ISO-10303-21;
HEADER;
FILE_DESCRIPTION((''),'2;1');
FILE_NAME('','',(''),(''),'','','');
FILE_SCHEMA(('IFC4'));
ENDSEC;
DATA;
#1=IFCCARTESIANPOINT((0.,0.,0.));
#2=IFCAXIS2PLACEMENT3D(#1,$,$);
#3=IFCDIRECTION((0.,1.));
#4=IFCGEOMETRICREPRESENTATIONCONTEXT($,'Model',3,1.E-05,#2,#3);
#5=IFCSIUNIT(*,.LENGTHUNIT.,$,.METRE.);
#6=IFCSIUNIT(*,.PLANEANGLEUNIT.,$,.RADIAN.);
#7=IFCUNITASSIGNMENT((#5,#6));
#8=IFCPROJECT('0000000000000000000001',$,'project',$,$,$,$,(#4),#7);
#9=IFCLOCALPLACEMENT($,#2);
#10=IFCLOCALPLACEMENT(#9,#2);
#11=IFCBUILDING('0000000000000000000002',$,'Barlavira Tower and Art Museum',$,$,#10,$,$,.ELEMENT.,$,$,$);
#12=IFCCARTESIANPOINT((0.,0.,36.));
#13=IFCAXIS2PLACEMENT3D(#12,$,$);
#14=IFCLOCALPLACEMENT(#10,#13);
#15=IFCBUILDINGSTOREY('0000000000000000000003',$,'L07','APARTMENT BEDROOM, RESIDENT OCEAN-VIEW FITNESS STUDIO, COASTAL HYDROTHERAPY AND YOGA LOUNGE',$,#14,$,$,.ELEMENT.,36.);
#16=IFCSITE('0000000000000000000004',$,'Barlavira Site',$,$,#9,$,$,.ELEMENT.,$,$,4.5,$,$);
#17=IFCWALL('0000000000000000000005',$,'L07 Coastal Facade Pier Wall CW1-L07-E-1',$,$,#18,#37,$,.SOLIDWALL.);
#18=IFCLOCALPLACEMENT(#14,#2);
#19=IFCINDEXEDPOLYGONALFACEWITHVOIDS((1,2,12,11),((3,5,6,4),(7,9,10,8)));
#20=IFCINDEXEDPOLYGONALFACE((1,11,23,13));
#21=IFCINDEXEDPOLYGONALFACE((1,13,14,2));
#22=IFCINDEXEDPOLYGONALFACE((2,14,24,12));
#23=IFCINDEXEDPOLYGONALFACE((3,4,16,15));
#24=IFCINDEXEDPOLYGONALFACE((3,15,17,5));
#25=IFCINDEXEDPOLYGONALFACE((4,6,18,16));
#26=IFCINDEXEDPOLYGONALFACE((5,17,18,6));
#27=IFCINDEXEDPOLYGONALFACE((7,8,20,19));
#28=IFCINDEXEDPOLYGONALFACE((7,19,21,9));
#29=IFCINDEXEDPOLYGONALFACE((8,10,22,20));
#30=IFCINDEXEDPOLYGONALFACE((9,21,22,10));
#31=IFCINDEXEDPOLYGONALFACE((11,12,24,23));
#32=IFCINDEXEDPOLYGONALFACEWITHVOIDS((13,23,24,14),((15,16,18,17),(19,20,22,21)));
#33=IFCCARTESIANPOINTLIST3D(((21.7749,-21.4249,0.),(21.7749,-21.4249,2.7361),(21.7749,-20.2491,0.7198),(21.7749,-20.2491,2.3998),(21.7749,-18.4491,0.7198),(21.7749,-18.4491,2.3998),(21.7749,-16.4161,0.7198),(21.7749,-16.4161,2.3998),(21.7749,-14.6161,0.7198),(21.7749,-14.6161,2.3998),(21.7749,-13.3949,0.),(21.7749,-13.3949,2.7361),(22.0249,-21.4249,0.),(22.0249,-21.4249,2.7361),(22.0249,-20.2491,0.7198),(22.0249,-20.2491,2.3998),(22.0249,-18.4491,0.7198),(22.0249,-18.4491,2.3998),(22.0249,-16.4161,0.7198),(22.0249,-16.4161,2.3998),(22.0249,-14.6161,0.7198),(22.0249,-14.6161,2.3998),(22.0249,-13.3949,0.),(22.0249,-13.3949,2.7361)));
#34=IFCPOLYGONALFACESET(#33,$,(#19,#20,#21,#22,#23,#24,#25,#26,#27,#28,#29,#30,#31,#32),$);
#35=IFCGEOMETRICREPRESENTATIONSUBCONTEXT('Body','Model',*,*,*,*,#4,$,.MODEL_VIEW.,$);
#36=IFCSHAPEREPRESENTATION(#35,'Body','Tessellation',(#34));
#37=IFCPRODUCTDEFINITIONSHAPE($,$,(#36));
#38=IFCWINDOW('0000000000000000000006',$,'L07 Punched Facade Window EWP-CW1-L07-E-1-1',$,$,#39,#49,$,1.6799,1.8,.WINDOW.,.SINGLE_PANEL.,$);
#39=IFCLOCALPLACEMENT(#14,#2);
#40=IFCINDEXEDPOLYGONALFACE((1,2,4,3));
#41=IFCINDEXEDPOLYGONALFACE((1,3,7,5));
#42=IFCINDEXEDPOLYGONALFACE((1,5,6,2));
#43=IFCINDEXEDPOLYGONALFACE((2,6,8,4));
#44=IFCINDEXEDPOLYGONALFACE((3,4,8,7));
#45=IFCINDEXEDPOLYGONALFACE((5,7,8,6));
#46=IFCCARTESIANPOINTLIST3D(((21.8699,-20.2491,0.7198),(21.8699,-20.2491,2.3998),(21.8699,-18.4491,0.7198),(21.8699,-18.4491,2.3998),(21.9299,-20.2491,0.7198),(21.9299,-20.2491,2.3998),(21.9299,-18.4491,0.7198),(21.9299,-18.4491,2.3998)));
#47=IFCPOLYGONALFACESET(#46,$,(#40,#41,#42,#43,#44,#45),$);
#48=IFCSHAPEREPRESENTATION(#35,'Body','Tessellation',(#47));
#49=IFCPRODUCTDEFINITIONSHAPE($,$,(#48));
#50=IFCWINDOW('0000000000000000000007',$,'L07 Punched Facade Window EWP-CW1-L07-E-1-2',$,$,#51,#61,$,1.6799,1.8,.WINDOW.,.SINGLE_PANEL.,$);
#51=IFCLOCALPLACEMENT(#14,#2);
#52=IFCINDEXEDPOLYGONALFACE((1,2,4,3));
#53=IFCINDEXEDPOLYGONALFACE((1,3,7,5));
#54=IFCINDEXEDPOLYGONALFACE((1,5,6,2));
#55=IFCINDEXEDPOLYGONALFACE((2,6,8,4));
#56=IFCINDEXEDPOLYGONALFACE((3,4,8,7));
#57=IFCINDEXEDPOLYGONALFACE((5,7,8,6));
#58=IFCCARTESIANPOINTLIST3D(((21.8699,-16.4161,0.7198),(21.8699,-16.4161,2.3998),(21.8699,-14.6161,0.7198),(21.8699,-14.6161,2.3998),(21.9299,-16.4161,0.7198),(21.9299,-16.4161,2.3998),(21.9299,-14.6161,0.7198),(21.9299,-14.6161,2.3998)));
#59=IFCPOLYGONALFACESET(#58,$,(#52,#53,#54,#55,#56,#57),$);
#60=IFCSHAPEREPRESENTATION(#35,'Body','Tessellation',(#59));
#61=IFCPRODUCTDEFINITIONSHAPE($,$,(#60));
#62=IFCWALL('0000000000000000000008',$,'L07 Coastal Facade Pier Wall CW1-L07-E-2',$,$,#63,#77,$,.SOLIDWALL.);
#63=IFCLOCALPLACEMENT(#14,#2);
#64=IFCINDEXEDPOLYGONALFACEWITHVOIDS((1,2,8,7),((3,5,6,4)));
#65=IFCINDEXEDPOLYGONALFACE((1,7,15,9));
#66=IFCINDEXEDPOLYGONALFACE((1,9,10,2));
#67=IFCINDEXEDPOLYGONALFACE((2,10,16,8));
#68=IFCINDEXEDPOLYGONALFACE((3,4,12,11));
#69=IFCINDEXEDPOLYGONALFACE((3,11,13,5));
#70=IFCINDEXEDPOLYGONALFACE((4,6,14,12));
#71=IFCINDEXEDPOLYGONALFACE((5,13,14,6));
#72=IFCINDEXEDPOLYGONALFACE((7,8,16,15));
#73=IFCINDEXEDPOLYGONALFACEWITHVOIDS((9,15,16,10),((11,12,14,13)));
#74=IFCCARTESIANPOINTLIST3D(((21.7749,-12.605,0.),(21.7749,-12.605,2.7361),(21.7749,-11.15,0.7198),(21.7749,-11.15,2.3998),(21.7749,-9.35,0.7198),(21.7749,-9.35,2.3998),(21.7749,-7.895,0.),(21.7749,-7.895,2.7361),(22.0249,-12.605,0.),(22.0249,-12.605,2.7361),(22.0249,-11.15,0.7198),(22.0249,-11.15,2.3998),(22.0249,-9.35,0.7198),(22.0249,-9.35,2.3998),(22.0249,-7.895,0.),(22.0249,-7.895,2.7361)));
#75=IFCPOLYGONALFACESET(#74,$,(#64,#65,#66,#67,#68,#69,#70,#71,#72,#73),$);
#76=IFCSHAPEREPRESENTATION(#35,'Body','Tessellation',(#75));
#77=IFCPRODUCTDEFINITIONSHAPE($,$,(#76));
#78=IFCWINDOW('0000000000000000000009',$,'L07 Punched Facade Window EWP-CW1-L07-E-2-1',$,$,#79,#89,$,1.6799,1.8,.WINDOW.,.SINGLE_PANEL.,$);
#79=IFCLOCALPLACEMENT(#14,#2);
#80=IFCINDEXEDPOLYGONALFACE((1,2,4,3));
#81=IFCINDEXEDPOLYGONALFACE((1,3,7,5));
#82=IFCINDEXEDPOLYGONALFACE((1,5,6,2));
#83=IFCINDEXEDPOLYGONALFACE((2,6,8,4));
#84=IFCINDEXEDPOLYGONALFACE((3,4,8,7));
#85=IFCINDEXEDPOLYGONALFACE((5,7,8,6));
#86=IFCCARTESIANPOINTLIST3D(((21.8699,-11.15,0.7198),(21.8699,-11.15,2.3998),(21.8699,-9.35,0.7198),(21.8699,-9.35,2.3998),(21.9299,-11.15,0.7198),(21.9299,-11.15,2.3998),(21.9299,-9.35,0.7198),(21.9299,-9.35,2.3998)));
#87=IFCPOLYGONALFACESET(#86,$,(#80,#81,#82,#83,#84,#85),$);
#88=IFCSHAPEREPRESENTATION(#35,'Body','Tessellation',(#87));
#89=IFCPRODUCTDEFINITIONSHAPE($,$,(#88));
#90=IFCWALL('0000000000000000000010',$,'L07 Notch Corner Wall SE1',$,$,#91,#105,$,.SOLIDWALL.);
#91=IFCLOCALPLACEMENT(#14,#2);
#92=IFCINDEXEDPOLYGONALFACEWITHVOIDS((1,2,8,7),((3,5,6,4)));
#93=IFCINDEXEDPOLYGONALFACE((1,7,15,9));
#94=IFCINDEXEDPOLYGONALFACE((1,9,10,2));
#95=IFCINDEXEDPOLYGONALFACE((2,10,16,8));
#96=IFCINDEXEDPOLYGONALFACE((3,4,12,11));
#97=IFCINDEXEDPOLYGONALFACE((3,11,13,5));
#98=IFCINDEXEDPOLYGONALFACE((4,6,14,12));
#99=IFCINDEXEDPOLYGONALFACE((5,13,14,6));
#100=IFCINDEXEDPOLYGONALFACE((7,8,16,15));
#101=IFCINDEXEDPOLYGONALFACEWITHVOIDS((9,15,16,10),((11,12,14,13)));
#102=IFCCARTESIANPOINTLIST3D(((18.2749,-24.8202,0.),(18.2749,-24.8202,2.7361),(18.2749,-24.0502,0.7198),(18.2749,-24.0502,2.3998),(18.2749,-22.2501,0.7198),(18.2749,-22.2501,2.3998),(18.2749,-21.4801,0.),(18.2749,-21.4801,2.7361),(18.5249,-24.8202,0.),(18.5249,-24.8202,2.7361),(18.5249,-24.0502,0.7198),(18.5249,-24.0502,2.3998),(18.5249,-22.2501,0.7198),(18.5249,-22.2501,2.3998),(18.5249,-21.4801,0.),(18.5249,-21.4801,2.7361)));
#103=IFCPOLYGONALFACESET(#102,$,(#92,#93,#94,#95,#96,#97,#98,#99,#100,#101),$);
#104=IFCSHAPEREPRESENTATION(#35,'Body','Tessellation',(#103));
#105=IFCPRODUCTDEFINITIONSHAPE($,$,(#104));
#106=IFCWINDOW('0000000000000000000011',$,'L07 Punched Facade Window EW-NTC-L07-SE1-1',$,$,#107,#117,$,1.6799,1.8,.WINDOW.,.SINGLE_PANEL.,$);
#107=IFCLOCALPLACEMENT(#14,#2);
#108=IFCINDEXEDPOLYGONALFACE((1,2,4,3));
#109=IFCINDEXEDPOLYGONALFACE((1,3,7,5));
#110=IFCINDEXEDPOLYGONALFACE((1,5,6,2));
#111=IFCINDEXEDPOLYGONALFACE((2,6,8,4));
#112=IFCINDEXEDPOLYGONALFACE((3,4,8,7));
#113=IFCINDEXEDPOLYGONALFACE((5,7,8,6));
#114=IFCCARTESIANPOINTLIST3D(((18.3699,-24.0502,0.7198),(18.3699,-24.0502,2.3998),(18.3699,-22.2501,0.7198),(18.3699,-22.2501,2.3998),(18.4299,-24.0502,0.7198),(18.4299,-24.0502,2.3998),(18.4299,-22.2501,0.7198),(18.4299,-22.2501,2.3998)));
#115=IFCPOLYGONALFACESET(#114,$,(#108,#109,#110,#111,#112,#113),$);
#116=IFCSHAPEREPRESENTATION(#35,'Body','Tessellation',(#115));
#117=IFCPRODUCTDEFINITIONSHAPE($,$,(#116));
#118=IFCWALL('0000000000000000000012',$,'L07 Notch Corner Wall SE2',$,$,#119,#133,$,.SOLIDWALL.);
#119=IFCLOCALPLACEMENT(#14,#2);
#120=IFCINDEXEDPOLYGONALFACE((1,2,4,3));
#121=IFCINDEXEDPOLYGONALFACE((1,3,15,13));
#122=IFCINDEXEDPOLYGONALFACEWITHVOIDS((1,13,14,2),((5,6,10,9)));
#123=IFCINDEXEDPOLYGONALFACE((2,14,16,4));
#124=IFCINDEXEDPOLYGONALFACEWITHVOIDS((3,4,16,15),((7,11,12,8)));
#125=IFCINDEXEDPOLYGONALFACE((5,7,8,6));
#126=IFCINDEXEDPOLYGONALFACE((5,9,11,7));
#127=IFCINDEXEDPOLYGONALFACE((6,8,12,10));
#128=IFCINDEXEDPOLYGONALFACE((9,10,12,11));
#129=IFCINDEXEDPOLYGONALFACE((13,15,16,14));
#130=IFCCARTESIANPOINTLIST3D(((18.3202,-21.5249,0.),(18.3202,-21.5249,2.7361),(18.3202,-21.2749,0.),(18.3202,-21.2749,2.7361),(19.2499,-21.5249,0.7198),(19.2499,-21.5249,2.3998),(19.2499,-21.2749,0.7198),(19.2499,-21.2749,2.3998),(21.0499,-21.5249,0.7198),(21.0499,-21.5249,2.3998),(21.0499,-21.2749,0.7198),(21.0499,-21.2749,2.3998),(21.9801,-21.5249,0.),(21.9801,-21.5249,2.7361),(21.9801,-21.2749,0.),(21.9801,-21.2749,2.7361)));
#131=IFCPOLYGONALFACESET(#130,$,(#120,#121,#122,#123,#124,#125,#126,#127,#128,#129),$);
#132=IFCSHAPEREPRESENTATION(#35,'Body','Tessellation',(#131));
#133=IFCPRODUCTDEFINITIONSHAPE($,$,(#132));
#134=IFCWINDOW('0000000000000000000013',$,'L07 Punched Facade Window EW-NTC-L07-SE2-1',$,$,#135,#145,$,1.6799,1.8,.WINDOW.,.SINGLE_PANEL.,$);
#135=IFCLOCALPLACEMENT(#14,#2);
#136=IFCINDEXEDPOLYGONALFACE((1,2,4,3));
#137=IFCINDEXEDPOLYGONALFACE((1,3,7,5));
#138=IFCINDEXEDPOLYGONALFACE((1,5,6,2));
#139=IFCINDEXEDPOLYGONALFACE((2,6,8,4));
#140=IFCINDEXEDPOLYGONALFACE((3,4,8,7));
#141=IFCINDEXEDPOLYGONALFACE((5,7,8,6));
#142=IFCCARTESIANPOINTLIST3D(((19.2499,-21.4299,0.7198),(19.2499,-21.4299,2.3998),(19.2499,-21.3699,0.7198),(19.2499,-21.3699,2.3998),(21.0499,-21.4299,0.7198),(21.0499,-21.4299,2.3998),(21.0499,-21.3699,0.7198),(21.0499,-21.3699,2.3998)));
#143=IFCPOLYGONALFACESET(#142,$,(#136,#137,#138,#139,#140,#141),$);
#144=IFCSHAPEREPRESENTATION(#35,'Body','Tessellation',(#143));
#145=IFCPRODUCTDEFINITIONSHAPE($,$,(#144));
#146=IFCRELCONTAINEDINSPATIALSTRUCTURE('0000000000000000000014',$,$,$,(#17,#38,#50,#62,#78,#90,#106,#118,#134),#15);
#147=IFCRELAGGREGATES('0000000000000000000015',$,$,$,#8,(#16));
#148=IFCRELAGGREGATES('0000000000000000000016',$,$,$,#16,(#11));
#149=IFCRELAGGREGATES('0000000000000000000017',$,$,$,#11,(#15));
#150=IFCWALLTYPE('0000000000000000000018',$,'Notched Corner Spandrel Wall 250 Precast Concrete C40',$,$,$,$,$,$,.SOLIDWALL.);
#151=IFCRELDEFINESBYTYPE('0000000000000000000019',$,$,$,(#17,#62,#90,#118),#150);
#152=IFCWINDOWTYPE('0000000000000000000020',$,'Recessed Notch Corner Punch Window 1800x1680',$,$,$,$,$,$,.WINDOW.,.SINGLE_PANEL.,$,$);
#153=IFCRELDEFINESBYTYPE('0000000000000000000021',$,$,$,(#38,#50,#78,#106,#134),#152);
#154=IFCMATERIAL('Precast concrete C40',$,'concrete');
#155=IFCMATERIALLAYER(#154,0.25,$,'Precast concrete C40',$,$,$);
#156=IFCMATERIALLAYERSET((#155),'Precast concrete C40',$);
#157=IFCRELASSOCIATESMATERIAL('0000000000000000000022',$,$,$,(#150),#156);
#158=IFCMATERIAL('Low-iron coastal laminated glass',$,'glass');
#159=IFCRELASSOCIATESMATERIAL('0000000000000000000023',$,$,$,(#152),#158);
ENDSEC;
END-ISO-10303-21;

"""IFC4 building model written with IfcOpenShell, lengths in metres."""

from ifc_helpers import new_model, si_unit, direction, frame, frame_2d, origin, place, context, subcontext, project, spatial, rectangle, extrude, material, layer, layer_set, type_object, element, fill, save


model = new_model("IFC4")

# Units and contexts
model_context = context("Model", 3, precision=1e-05, world=origin(), true_north=direction((0.0, 1.0)))
body_context = subcontext(model_context, "Body", "Model", "MODEL_VIEW")
ifc_project = project(units=[si_unit("LENGTHUNIT", "METRE"), si_unit("PLANEANGLEUNIT", "RADIAN")], contexts=[model_context])

# Site, building, storey
site_placement = place(None, origin())
site = spatial("IfcSite", under=ifc_project, at=site_placement, Name="Barlavira Site", CompositionType="ELEMENT", RefElevation=4.5)
building_placement = place(site_placement, origin())
building = spatial("IfcBuilding", under=site, at=building_placement, Name="Barlavira Tower and Art Museum", CompositionType="ELEMENT")
storey_placement = place(building_placement, frame((0.0, 0.0, 36.0)))
storey = spatial("IfcBuildingStorey", under=building, at=storey_placement, Name="L07", Description="APARTMENT BEDROOM, RESIDENT OCEAN-VIEW FITNESS STUDIO, COASTAL HYDROTHERAPY AND YOGA LOUNGE", CompositionType="ELEMENT", Elevation=36.0)

# Wall, openings, windows
ifc_material_1 = material(Name="Precast concrete C40", Category="concrete")
ifc_layer_1 = layer(ifc_material_1, 0.25, Name="Precast concrete C40")
ifc_layer_set_1 = layer_set([ifc_layer_1], Name="Precast concrete C40")
wall_type_1 = type_object("IfcWallType", Name="Notched Corner Spandrel Wall 250 Precast Concrete C40", PredefinedType="SOLIDWALL", material=ifc_layer_set_1)
ifc_material_2 = material(Name="Low-iron coastal laminated glass", Category="glass")
window_type_1 = type_object("IfcWindowType", Name="Recessed Notch Corner Punch Window 1800x1680", PartitioningType="SINGLE_PANEL", PredefinedType="WINDOW", material=ifc_material_2)
wall_1_placement = place(storey_placement, frame((21.8999, -21.425, 0.0), z_axis=(0.0, 0.0, 1.0), x_axis=(0.0, 1.0, 0.0)))
wall_1 = element("IfcWall", 1, at=wall_1_placement, inside=storey, type_object=wall_type_1, Name="L07 Coastal Facade Pier Wall CW1-L07-E-1", PredefinedType="SOLIDWALL", context=body_context, shape_type="SweptSolid", body=[
    extrude(rectangle(XDim=8.03, YDim=0.25, at=frame_2d((4.0151, 0.0))), origin(), (0.0, 0.0, 1.0), 2.7361),
])
opening_1_placement = place(wall_1_placement, frame((1.176, 0.0, 0.72)))
opening_1 = element("IfcOpeningElement", 2, at=opening_1_placement, cuts=wall_1, PredefinedType="OPENING", context=body_context, shape_type="SweptSolid", body=[
    extrude(rectangle(XDim=1.8, YDim=1.6799, at=frame_2d((0.8999, 0.8398))), frame((0.0, 0.135, 0.0), z_axis=(0.0, -1.0, 0.0), x_axis=(1.0, 0.0, 0.0)), (0.0, 0.0, 1.0), 0.27),
])
opening_2_placement = place(wall_1_placement, frame((5.009, 0.0, 0.72)))
opening_2 = element("IfcOpeningElement", 3, at=opening_2_placement, cuts=wall_1, PredefinedType="OPENING", context=body_context, shape_type="SweptSolid", body=[
    extrude(rectangle(XDim=1.8, YDim=1.6799, at=frame_2d((0.8999, 0.8398))), frame((0.0, 0.135, 0.0), z_axis=(0.0, -1.0, 0.0), x_axis=(1.0, 0.0, 0.0)), (0.0, 0.0, 1.0), 0.27),
])
window_1_placement = place(opening_1_placement, origin())
window_1 = element("IfcWindow", 4, at=window_1_placement, inside=storey, type_object=window_type_1, Name="L07 Punched Facade Window EWP-CW1-L07-E-1-1", OverallHeight=1.6799, OverallWidth=1.8, PartitioningType="SINGLE_PANEL", PredefinedType="WINDOW", context=body_context, shape_type="SweptSolid", body=[
    extrude(rectangle(XDim=1.8, YDim=1.6799, at=frame_2d((0.8999, 0.8398))), frame((0.0, 0.03, 0.0), z_axis=(0.0, -1.0, 0.0), x_axis=(1.0, 0.0, 0.0)), (0.0, 0.0, 1.0), 0.0601),
])
fill(opening_1, window_1)
window_2_placement = place(opening_2_placement, origin())
window_2 = element("IfcWindow", 5, at=window_2_placement, inside=storey, type_object=window_type_1, Name="L07 Punched Facade Window EWP-CW1-L07-E-1-2", OverallHeight=1.6799, OverallWidth=1.8, PartitioningType="SINGLE_PANEL", PredefinedType="WINDOW", context=body_context, shape_type="SweptSolid", body=[
    extrude(rectangle(XDim=1.8, YDim=1.6799, at=frame_2d((0.8999, 0.8398))), frame((0.0, 0.03, 0.0), z_axis=(0.0, -1.0, 0.0), x_axis=(1.0, 0.0, 0.0)), (0.0, 0.0, 1.0), 0.0601),
])
fill(opening_2, window_2)

# Walls, openings, windows
wall_2_placement = place(storey_placement, frame((21.8999, -12.605, 0.0), z_axis=(0.0, 0.0, 1.0), x_axis=(0.0, 1.0, 0.0)))
wall_2 = element("IfcWall", 6, at=wall_2_placement, inside=storey, type_object=wall_type_1, Name="L07 Coastal Facade Pier Wall CW1-L07-E-2", PredefinedType="SOLIDWALL", context=body_context, shape_type="SweptSolid", body=[
    extrude(rectangle(XDim=4.71, YDim=0.25, at=frame_2d((2.355, 0.0))), origin(), (0.0, 0.0, 1.0), 2.7361),
])
opening_3_placement = place(wall_2_placement, frame((1.4551, 0.0, 0.72)))
opening_3 = element("IfcOpeningElement", 7, at=opening_3_placement, cuts=wall_2, PredefinedType="OPENING", context=body_context, shape_type="SweptSolid", body=[
    extrude(rectangle(XDim=1.8, YDim=1.6799, at=frame_2d((0.8999, 0.8398))), frame((0.0, 0.135, 0.0), z_axis=(0.0, -1.0, 0.0), x_axis=(1.0, 0.0, 0.0)), (0.0, 0.0, 1.0), 0.27),
])
window_3_placement = place(opening_3_placement, origin())
window_3 = element("IfcWindow", 8, at=window_3_placement, inside=storey, type_object=window_type_1, Name="L07 Punched Facade Window EWP-CW1-L07-E-2-1", OverallHeight=1.6799, OverallWidth=1.8, PartitioningType="SINGLE_PANEL", PredefinedType="WINDOW", context=body_context, shape_type="SweptSolid", body=[
    extrude(rectangle(XDim=1.8, YDim=1.6799, at=frame_2d((0.8999, 0.8398))), frame((0.0, 0.03, 0.0), z_axis=(0.0, -1.0, 0.0), x_axis=(1.0, 0.0, 0.0)), (0.0, 0.0, 1.0), 0.0601),
])
fill(opening_3, window_3)
wall_3_placement = place(storey_placement, frame((18.3999, -24.8201, 0.0), z_axis=(0.0, 0.0, 1.0), x_axis=(0.0, 1.0, 0.0)))
wall_3 = element("IfcWall", 9, at=wall_3_placement, inside=storey, type_object=wall_type_1, Name="L07 Notch Corner Wall SE1", PredefinedType="SOLIDWALL", context=body_context, shape_type="SweptSolid", body=[
    extrude(rectangle(XDim=3.3401, YDim=0.25, at=frame_2d((1.6699, 0.0))), origin(), (0.0, 0.0, 1.0), 2.7361),
])
opening_4_placement = place(wall_3_placement, frame((0.77, 0.0, 0.72)))
opening_4 = element("IfcOpeningElement", 10, at=opening_4_placement, cuts=wall_3, PredefinedType="OPENING", context=body_context, shape_type="SweptSolid", body=[
    extrude(rectangle(XDim=1.8, YDim=1.6799, at=frame_2d((0.8999, 0.8398))), frame((0.0, 0.135, 0.0), z_axis=(0.0, -1.0, 0.0), x_axis=(1.0, 0.0, 0.0)), (0.0, 0.0, 1.0), 0.27),
])
window_4_placement = place(opening_4_placement, origin())
window_4 = element("IfcWindow", 11, at=window_4_placement, inside=storey, type_object=window_type_1, Name="L07 Punched Facade Window EW-NTC-L07-SE1-1", OverallHeight=1.6799, OverallWidth=1.8, PartitioningType="SINGLE_PANEL", PredefinedType="WINDOW", context=body_context, shape_type="SweptSolid", body=[
    extrude(rectangle(XDim=1.8, YDim=1.6799, at=frame_2d((0.8999, 0.8398))), frame((0.0, 0.03, 0.0), z_axis=(0.0, -1.0, 0.0), x_axis=(1.0, 0.0, 0.0)), (0.0, 0.0, 1.0), 0.0601),
])
fill(opening_4, window_4)
wall_4_placement = place(storey_placement, frame((18.3201, -21.3999, 0.0), z_axis=(0.0, 0.0, 1.0), x_axis=(1.0, 0.0, 0.0)))
wall_4 = element("IfcWall", 12, at=wall_4_placement, inside=storey, type_object=wall_type_1, Name="L07 Notch Corner Wall SE2", PredefinedType="SOLIDWALL", context=body_context, shape_type="SweptSolid", body=[
    extrude(rectangle(XDim=3.6599, YDim=0.25, at=frame_2d((1.8301, 0.0))), origin(), (0.0, 0.0, 1.0), 2.7361),
])
opening_5_placement = place(wall_4_placement, frame((0.9299, 0.0, 0.72)))
opening_5 = element("IfcOpeningElement", 13, at=opening_5_placement, cuts=wall_4, PredefinedType="OPENING", context=body_context, shape_type="SweptSolid", body=[
    extrude(rectangle(XDim=1.8, YDim=1.6799, at=frame_2d((0.8999, 0.8398))), frame((0.0, 0.135, 0.0), z_axis=(0.0, -1.0, 0.0), x_axis=(1.0, 0.0, 0.0)), (0.0, 0.0, 1.0), 0.27),
])
window_5_placement = place(opening_5_placement, origin())
window_5 = element("IfcWindow", 14, at=window_5_placement, inside=storey, type_object=window_type_1, Name="L07 Punched Facade Window EW-NTC-L07-SE2-1", OverallHeight=1.6799, OverallWidth=1.8, PartitioningType="SINGLE_PANEL", PredefinedType="WINDOW", context=body_context, shape_type="SweptSolid", body=[
    extrude(rectangle(XDim=1.8, YDim=1.6799, at=frame_2d((0.8999, 0.8398))), frame((0.0, 0.03, 0.0), z_axis=(0.0, -1.0, 0.0), x_axis=(1.0, 0.0, 0.0)), (0.0, 0.0, 1.0), 0.0601),
])
fill(opening_5, window_5)

save(model, "model.ifc")
